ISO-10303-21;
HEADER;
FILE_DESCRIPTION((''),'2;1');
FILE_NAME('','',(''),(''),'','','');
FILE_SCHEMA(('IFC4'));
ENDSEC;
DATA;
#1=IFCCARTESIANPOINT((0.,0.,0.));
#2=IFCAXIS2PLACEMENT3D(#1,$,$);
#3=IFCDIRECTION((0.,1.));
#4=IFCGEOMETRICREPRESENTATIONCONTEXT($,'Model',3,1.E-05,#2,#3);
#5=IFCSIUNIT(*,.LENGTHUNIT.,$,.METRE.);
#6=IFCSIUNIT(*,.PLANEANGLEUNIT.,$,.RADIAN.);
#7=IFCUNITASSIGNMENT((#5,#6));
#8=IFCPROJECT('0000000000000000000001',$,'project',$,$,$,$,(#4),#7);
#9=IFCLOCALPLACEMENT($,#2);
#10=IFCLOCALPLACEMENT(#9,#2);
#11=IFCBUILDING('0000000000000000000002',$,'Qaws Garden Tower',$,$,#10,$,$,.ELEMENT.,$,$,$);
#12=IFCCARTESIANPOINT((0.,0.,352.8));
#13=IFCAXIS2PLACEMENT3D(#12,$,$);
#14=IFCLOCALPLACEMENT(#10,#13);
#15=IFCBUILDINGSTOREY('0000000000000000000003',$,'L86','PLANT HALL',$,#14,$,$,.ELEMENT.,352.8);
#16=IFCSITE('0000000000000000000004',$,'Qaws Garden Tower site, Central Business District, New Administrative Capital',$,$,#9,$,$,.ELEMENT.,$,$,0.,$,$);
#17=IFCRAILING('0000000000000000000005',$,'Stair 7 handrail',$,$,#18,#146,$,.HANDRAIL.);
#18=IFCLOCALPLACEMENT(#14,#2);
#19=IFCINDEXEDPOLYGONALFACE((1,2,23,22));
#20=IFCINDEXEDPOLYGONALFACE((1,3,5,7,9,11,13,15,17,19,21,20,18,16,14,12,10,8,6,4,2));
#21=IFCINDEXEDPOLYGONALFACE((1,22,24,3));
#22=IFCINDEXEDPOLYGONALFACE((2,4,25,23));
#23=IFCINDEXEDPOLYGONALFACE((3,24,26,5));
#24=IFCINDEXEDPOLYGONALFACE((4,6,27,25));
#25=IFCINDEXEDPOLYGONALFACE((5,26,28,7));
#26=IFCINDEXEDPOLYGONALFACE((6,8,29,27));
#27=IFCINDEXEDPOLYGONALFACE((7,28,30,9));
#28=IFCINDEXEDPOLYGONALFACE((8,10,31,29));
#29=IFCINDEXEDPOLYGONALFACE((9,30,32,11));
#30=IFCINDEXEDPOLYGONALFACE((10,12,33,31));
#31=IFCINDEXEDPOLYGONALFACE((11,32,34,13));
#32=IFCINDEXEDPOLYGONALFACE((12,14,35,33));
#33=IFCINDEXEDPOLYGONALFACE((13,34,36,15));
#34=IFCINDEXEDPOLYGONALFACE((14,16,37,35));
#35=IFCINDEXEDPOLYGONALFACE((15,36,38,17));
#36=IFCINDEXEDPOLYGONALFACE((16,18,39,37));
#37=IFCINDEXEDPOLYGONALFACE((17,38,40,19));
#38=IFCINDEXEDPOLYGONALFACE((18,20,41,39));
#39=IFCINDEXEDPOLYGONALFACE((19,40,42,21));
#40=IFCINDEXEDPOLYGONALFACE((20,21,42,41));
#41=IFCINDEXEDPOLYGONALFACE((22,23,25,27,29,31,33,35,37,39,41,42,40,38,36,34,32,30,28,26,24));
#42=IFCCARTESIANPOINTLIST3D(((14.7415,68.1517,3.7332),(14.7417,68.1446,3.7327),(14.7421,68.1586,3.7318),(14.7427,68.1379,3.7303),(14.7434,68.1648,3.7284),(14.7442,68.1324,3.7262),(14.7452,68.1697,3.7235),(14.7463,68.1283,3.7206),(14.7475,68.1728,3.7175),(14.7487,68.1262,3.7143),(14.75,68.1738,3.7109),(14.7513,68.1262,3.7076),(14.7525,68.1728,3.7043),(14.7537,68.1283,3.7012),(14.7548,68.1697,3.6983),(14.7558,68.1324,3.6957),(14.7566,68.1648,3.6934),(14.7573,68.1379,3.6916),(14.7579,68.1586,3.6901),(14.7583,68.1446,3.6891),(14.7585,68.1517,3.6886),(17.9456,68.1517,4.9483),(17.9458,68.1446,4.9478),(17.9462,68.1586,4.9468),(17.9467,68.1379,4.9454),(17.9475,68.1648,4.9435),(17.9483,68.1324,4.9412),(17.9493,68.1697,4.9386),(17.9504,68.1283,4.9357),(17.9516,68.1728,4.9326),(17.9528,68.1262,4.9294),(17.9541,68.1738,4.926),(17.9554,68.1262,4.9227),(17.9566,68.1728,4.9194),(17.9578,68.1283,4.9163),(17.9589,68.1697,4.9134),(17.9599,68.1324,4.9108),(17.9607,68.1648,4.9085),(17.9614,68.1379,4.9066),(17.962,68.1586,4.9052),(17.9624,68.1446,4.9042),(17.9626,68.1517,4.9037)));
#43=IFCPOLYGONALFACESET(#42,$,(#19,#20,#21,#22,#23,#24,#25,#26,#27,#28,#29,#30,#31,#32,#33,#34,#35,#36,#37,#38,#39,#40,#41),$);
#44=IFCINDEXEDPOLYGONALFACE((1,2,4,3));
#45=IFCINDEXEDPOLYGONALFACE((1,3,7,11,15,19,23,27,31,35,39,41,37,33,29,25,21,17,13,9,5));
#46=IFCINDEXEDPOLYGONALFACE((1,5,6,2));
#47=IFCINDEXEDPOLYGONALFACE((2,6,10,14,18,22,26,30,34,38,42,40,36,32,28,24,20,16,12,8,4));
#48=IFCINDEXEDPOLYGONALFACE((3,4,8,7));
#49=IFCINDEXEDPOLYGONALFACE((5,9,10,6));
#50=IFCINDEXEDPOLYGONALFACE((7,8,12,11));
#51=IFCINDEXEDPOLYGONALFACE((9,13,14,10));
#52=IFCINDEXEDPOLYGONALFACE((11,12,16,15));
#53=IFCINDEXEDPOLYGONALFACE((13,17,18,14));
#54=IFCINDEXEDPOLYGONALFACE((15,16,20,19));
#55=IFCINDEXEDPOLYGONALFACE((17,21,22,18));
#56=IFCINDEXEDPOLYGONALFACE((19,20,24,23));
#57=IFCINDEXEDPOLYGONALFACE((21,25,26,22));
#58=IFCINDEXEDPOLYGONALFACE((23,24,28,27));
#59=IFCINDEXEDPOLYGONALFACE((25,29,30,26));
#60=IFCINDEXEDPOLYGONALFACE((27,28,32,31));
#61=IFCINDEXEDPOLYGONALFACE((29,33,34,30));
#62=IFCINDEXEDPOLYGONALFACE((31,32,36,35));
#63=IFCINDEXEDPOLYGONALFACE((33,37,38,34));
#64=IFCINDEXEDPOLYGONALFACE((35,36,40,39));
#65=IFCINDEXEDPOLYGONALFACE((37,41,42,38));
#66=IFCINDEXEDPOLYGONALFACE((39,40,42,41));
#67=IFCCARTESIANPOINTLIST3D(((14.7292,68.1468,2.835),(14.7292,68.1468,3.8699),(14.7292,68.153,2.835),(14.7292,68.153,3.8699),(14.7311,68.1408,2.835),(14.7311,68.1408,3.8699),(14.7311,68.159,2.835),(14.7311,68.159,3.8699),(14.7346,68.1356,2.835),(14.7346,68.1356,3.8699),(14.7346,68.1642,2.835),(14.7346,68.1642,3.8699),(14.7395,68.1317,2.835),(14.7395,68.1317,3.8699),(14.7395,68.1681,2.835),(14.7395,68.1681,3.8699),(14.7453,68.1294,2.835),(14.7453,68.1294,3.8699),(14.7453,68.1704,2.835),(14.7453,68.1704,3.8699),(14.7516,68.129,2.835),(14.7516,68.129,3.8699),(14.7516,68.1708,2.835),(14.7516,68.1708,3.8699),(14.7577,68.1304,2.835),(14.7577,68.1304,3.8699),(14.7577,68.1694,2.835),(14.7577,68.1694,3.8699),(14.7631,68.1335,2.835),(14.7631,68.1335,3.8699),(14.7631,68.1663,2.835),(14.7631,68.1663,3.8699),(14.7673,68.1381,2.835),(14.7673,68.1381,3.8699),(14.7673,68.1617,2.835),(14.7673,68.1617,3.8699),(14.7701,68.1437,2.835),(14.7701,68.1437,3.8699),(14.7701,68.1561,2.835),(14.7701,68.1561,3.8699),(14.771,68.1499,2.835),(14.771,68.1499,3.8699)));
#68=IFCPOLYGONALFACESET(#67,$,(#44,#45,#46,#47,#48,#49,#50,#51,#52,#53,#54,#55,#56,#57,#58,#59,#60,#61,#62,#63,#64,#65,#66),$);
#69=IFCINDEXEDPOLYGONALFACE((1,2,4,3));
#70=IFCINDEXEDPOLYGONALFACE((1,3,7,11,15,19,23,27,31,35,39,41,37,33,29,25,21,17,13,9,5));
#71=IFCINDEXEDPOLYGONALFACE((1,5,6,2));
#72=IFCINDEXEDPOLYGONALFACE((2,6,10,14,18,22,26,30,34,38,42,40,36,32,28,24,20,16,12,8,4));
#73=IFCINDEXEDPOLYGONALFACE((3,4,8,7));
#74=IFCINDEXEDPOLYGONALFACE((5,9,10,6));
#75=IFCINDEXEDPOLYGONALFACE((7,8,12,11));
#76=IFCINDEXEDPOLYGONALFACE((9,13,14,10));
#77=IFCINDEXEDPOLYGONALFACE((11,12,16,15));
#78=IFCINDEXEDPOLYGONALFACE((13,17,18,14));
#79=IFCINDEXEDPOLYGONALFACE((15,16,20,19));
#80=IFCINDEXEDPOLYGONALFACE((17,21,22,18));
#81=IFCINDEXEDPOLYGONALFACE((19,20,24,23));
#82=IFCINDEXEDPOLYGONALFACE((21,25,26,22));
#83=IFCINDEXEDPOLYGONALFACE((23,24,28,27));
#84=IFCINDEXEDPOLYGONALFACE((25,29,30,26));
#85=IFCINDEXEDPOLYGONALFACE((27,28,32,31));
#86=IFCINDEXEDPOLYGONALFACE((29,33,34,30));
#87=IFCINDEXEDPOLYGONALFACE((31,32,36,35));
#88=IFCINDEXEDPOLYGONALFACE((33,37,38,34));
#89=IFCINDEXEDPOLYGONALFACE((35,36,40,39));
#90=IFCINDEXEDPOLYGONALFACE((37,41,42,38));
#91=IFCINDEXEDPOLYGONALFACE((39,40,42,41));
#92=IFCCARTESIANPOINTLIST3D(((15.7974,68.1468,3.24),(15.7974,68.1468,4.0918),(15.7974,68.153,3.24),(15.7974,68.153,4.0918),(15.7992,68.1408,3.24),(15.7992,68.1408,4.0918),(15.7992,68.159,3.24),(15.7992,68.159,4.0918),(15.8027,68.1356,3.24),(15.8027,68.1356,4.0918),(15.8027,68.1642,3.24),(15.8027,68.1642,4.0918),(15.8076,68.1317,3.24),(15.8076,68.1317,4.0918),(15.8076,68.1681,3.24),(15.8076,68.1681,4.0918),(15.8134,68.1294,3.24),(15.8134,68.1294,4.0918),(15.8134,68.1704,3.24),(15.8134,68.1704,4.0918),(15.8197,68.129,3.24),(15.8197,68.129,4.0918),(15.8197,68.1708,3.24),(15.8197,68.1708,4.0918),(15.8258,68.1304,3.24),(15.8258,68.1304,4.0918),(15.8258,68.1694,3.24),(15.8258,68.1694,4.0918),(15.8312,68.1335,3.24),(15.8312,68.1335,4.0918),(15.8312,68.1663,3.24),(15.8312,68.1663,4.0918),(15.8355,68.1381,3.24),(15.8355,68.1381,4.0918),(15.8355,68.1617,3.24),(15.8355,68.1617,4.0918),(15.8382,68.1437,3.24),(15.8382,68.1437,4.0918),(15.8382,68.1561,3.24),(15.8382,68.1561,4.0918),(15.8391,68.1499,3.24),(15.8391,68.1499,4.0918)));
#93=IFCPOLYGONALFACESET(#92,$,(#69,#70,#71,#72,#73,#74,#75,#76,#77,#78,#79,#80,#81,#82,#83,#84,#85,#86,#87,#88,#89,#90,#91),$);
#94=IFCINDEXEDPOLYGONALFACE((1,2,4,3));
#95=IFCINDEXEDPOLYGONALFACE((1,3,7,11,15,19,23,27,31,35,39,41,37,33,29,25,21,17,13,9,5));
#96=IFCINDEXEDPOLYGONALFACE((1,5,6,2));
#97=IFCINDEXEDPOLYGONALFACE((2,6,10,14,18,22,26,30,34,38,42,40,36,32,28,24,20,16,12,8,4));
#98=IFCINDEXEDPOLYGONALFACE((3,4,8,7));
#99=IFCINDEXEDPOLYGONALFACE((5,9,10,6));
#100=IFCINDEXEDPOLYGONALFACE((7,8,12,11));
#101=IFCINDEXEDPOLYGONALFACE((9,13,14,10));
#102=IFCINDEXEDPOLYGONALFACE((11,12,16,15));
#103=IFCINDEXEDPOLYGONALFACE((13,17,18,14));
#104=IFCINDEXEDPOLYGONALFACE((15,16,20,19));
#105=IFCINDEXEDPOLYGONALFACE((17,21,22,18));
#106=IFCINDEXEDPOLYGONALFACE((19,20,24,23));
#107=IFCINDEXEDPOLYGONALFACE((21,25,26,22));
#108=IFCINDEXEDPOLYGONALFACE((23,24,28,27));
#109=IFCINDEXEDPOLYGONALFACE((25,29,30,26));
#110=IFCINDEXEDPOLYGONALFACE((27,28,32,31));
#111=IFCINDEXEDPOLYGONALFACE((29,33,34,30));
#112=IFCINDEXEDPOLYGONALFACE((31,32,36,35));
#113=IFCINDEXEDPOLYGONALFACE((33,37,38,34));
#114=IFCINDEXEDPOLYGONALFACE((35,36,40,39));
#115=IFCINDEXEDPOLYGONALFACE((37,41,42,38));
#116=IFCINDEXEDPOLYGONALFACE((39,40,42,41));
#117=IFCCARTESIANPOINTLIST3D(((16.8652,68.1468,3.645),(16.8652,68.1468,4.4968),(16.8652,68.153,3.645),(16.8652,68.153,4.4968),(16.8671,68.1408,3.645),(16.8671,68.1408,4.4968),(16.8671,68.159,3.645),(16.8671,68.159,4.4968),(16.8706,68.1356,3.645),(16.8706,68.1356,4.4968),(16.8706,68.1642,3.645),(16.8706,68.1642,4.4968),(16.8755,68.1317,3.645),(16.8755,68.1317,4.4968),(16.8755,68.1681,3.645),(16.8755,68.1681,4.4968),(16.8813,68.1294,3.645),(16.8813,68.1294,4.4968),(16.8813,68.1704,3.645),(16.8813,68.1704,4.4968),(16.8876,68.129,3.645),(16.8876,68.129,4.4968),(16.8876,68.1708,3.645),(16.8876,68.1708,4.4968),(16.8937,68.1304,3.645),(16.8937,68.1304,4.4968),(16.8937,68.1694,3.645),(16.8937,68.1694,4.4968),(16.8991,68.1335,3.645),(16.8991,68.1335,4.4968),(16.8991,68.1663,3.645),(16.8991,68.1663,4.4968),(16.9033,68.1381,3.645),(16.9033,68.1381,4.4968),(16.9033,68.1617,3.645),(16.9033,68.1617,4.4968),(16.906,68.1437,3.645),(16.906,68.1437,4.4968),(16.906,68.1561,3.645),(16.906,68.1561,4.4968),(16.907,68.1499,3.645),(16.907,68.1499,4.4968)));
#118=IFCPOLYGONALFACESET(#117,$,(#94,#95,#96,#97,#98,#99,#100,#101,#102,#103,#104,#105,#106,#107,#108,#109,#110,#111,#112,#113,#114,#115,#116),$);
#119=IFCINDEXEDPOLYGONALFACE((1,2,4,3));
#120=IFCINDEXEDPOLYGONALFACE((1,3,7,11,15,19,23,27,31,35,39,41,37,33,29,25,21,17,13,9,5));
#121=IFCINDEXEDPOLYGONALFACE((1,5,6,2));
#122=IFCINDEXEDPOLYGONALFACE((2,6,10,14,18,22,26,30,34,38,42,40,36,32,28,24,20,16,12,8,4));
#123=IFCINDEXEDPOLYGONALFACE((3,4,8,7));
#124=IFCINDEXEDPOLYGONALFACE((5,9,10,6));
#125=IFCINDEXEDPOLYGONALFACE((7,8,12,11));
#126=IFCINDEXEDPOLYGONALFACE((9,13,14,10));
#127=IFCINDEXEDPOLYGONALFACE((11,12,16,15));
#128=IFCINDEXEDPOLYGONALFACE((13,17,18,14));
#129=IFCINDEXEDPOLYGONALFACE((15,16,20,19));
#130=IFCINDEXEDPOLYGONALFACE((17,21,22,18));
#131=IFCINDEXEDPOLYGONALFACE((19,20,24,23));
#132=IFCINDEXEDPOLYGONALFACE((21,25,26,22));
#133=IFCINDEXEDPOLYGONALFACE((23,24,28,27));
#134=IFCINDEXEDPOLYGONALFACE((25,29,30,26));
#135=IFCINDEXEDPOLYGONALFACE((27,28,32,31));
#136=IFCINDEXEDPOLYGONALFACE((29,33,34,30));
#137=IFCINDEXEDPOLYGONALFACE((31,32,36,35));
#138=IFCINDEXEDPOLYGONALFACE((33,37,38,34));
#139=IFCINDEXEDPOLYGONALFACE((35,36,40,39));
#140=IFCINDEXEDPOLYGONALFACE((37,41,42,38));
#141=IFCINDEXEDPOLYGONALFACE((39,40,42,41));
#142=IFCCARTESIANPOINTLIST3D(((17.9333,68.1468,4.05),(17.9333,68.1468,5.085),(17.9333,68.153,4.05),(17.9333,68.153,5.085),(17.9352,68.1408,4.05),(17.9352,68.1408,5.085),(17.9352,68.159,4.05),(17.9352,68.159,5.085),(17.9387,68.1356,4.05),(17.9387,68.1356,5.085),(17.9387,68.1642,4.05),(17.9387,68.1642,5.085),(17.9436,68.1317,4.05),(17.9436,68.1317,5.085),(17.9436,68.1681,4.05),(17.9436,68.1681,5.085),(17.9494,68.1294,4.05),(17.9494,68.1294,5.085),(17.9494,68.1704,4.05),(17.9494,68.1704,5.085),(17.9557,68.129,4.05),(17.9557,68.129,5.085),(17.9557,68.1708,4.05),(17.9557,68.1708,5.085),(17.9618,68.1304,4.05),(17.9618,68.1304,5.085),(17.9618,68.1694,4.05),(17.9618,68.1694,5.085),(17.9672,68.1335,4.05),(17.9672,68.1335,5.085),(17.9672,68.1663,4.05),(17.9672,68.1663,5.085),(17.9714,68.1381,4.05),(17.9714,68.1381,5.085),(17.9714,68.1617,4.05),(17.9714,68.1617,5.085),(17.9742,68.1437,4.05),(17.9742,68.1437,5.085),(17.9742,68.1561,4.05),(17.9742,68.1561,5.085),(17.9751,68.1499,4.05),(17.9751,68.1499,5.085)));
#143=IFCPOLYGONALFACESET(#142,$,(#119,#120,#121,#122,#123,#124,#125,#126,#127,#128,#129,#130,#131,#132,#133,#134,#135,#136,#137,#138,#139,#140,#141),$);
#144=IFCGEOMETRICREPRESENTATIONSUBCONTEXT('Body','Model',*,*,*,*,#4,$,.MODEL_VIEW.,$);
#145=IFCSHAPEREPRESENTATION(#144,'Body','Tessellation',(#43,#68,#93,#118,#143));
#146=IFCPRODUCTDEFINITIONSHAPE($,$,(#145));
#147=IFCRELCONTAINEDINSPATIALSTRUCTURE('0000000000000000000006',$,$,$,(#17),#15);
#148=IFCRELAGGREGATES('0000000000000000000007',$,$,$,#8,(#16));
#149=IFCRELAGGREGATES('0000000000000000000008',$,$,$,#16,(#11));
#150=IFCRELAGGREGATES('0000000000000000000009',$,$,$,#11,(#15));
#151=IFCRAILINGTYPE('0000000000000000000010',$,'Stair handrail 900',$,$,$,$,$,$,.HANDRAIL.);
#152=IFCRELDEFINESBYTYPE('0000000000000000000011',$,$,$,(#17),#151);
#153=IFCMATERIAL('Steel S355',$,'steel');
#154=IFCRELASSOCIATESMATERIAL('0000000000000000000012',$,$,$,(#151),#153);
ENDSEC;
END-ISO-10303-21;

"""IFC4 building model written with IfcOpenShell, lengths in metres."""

from ifc_helpers import new_model, si_unit, direction, frame, origin, origin_2d, place, context, subcontext, project, spatial, circle, extrude, material, type_object, element, save


model = new_model("IFC4")

# Units and contexts
model_context = context("Model", 3, precision=1e-05, world=origin(), true_north=direction((0.0, 1.0)))
body_context = subcontext(model_context, "Body", "Model", "MODEL_VIEW")
ifc_project = project(units=[si_unit("LENGTHUNIT", "METRE"), si_unit("PLANEANGLEUNIT", "RADIAN")], contexts=[model_context])

# Site, building, storey
site_placement = place(None, origin())
site = spatial("IfcSite", under=ifc_project, at=site_placement, Name="Qaws Garden Tower site, Central Business District, New Administrative Capital", CompositionType="ELEMENT", RefElevation=0.0)
building_placement = place(site_placement, origin())
building = spatial("IfcBuilding", under=site, at=building_placement, Name="Qaws Garden Tower", CompositionType="ELEMENT")
storey_placement = place(building_placement, frame((0.0, 0.0, 352.8)))
storey = spatial("IfcBuildingStorey", under=building, at=storey_placement, Name="L86", Description="PLANT HALL", CompositionType="ELEMENT", Elevation=352.8)

# Railing
ifc_material_1 = material(Name="Steel S355", Category="steel")
railing_type = type_object("IfcRailingType", Name="Stair handrail 900", PredefinedType="HANDRAIL", material=ifc_material_1)
railing_1_placement = place(storey_placement, frame((14.75, 68.1499, 2.835)))
element("IfcRailing", 1, at=railing_1_placement, inside=storey, type_object=railing_type, Name="Stair 7 handrail", PredefinedType="HANDRAIL", context=body_context, shape_type="SweptSolid", body=[
    extrude(circle(Radius=0.0239, at=origin_2d()), frame((0.0, 0.0, 0.876), z_axis=(0.935023, 0.0, 0.354588), x_axis=(0.0, 1.0, 0.0)), (0.0, 0.0, 1.0), 3.4268),
    extrude(circle(Radius=0.021, at=origin_2d()), origin(), (0.0, 0.0, 1.0), 1.0349),
    extrude(circle(Radius=0.021, at=origin_2d()), frame((1.0681, 0.0, 0.405)), (0.0, 0.0, 1.0), 0.8518),
    extrude(circle(Radius=0.021, at=origin_2d()), frame((2.136, 0.0, 0.8101)), (0.0, 0.0, 1.0), 0.8518),
    extrude(circle(Radius=0.021, at=origin_2d()), frame((3.2041, 0.0, 1.2151)), (0.0, 0.0, 1.0), 1.0349),
])

save(model, "model.ifc")
